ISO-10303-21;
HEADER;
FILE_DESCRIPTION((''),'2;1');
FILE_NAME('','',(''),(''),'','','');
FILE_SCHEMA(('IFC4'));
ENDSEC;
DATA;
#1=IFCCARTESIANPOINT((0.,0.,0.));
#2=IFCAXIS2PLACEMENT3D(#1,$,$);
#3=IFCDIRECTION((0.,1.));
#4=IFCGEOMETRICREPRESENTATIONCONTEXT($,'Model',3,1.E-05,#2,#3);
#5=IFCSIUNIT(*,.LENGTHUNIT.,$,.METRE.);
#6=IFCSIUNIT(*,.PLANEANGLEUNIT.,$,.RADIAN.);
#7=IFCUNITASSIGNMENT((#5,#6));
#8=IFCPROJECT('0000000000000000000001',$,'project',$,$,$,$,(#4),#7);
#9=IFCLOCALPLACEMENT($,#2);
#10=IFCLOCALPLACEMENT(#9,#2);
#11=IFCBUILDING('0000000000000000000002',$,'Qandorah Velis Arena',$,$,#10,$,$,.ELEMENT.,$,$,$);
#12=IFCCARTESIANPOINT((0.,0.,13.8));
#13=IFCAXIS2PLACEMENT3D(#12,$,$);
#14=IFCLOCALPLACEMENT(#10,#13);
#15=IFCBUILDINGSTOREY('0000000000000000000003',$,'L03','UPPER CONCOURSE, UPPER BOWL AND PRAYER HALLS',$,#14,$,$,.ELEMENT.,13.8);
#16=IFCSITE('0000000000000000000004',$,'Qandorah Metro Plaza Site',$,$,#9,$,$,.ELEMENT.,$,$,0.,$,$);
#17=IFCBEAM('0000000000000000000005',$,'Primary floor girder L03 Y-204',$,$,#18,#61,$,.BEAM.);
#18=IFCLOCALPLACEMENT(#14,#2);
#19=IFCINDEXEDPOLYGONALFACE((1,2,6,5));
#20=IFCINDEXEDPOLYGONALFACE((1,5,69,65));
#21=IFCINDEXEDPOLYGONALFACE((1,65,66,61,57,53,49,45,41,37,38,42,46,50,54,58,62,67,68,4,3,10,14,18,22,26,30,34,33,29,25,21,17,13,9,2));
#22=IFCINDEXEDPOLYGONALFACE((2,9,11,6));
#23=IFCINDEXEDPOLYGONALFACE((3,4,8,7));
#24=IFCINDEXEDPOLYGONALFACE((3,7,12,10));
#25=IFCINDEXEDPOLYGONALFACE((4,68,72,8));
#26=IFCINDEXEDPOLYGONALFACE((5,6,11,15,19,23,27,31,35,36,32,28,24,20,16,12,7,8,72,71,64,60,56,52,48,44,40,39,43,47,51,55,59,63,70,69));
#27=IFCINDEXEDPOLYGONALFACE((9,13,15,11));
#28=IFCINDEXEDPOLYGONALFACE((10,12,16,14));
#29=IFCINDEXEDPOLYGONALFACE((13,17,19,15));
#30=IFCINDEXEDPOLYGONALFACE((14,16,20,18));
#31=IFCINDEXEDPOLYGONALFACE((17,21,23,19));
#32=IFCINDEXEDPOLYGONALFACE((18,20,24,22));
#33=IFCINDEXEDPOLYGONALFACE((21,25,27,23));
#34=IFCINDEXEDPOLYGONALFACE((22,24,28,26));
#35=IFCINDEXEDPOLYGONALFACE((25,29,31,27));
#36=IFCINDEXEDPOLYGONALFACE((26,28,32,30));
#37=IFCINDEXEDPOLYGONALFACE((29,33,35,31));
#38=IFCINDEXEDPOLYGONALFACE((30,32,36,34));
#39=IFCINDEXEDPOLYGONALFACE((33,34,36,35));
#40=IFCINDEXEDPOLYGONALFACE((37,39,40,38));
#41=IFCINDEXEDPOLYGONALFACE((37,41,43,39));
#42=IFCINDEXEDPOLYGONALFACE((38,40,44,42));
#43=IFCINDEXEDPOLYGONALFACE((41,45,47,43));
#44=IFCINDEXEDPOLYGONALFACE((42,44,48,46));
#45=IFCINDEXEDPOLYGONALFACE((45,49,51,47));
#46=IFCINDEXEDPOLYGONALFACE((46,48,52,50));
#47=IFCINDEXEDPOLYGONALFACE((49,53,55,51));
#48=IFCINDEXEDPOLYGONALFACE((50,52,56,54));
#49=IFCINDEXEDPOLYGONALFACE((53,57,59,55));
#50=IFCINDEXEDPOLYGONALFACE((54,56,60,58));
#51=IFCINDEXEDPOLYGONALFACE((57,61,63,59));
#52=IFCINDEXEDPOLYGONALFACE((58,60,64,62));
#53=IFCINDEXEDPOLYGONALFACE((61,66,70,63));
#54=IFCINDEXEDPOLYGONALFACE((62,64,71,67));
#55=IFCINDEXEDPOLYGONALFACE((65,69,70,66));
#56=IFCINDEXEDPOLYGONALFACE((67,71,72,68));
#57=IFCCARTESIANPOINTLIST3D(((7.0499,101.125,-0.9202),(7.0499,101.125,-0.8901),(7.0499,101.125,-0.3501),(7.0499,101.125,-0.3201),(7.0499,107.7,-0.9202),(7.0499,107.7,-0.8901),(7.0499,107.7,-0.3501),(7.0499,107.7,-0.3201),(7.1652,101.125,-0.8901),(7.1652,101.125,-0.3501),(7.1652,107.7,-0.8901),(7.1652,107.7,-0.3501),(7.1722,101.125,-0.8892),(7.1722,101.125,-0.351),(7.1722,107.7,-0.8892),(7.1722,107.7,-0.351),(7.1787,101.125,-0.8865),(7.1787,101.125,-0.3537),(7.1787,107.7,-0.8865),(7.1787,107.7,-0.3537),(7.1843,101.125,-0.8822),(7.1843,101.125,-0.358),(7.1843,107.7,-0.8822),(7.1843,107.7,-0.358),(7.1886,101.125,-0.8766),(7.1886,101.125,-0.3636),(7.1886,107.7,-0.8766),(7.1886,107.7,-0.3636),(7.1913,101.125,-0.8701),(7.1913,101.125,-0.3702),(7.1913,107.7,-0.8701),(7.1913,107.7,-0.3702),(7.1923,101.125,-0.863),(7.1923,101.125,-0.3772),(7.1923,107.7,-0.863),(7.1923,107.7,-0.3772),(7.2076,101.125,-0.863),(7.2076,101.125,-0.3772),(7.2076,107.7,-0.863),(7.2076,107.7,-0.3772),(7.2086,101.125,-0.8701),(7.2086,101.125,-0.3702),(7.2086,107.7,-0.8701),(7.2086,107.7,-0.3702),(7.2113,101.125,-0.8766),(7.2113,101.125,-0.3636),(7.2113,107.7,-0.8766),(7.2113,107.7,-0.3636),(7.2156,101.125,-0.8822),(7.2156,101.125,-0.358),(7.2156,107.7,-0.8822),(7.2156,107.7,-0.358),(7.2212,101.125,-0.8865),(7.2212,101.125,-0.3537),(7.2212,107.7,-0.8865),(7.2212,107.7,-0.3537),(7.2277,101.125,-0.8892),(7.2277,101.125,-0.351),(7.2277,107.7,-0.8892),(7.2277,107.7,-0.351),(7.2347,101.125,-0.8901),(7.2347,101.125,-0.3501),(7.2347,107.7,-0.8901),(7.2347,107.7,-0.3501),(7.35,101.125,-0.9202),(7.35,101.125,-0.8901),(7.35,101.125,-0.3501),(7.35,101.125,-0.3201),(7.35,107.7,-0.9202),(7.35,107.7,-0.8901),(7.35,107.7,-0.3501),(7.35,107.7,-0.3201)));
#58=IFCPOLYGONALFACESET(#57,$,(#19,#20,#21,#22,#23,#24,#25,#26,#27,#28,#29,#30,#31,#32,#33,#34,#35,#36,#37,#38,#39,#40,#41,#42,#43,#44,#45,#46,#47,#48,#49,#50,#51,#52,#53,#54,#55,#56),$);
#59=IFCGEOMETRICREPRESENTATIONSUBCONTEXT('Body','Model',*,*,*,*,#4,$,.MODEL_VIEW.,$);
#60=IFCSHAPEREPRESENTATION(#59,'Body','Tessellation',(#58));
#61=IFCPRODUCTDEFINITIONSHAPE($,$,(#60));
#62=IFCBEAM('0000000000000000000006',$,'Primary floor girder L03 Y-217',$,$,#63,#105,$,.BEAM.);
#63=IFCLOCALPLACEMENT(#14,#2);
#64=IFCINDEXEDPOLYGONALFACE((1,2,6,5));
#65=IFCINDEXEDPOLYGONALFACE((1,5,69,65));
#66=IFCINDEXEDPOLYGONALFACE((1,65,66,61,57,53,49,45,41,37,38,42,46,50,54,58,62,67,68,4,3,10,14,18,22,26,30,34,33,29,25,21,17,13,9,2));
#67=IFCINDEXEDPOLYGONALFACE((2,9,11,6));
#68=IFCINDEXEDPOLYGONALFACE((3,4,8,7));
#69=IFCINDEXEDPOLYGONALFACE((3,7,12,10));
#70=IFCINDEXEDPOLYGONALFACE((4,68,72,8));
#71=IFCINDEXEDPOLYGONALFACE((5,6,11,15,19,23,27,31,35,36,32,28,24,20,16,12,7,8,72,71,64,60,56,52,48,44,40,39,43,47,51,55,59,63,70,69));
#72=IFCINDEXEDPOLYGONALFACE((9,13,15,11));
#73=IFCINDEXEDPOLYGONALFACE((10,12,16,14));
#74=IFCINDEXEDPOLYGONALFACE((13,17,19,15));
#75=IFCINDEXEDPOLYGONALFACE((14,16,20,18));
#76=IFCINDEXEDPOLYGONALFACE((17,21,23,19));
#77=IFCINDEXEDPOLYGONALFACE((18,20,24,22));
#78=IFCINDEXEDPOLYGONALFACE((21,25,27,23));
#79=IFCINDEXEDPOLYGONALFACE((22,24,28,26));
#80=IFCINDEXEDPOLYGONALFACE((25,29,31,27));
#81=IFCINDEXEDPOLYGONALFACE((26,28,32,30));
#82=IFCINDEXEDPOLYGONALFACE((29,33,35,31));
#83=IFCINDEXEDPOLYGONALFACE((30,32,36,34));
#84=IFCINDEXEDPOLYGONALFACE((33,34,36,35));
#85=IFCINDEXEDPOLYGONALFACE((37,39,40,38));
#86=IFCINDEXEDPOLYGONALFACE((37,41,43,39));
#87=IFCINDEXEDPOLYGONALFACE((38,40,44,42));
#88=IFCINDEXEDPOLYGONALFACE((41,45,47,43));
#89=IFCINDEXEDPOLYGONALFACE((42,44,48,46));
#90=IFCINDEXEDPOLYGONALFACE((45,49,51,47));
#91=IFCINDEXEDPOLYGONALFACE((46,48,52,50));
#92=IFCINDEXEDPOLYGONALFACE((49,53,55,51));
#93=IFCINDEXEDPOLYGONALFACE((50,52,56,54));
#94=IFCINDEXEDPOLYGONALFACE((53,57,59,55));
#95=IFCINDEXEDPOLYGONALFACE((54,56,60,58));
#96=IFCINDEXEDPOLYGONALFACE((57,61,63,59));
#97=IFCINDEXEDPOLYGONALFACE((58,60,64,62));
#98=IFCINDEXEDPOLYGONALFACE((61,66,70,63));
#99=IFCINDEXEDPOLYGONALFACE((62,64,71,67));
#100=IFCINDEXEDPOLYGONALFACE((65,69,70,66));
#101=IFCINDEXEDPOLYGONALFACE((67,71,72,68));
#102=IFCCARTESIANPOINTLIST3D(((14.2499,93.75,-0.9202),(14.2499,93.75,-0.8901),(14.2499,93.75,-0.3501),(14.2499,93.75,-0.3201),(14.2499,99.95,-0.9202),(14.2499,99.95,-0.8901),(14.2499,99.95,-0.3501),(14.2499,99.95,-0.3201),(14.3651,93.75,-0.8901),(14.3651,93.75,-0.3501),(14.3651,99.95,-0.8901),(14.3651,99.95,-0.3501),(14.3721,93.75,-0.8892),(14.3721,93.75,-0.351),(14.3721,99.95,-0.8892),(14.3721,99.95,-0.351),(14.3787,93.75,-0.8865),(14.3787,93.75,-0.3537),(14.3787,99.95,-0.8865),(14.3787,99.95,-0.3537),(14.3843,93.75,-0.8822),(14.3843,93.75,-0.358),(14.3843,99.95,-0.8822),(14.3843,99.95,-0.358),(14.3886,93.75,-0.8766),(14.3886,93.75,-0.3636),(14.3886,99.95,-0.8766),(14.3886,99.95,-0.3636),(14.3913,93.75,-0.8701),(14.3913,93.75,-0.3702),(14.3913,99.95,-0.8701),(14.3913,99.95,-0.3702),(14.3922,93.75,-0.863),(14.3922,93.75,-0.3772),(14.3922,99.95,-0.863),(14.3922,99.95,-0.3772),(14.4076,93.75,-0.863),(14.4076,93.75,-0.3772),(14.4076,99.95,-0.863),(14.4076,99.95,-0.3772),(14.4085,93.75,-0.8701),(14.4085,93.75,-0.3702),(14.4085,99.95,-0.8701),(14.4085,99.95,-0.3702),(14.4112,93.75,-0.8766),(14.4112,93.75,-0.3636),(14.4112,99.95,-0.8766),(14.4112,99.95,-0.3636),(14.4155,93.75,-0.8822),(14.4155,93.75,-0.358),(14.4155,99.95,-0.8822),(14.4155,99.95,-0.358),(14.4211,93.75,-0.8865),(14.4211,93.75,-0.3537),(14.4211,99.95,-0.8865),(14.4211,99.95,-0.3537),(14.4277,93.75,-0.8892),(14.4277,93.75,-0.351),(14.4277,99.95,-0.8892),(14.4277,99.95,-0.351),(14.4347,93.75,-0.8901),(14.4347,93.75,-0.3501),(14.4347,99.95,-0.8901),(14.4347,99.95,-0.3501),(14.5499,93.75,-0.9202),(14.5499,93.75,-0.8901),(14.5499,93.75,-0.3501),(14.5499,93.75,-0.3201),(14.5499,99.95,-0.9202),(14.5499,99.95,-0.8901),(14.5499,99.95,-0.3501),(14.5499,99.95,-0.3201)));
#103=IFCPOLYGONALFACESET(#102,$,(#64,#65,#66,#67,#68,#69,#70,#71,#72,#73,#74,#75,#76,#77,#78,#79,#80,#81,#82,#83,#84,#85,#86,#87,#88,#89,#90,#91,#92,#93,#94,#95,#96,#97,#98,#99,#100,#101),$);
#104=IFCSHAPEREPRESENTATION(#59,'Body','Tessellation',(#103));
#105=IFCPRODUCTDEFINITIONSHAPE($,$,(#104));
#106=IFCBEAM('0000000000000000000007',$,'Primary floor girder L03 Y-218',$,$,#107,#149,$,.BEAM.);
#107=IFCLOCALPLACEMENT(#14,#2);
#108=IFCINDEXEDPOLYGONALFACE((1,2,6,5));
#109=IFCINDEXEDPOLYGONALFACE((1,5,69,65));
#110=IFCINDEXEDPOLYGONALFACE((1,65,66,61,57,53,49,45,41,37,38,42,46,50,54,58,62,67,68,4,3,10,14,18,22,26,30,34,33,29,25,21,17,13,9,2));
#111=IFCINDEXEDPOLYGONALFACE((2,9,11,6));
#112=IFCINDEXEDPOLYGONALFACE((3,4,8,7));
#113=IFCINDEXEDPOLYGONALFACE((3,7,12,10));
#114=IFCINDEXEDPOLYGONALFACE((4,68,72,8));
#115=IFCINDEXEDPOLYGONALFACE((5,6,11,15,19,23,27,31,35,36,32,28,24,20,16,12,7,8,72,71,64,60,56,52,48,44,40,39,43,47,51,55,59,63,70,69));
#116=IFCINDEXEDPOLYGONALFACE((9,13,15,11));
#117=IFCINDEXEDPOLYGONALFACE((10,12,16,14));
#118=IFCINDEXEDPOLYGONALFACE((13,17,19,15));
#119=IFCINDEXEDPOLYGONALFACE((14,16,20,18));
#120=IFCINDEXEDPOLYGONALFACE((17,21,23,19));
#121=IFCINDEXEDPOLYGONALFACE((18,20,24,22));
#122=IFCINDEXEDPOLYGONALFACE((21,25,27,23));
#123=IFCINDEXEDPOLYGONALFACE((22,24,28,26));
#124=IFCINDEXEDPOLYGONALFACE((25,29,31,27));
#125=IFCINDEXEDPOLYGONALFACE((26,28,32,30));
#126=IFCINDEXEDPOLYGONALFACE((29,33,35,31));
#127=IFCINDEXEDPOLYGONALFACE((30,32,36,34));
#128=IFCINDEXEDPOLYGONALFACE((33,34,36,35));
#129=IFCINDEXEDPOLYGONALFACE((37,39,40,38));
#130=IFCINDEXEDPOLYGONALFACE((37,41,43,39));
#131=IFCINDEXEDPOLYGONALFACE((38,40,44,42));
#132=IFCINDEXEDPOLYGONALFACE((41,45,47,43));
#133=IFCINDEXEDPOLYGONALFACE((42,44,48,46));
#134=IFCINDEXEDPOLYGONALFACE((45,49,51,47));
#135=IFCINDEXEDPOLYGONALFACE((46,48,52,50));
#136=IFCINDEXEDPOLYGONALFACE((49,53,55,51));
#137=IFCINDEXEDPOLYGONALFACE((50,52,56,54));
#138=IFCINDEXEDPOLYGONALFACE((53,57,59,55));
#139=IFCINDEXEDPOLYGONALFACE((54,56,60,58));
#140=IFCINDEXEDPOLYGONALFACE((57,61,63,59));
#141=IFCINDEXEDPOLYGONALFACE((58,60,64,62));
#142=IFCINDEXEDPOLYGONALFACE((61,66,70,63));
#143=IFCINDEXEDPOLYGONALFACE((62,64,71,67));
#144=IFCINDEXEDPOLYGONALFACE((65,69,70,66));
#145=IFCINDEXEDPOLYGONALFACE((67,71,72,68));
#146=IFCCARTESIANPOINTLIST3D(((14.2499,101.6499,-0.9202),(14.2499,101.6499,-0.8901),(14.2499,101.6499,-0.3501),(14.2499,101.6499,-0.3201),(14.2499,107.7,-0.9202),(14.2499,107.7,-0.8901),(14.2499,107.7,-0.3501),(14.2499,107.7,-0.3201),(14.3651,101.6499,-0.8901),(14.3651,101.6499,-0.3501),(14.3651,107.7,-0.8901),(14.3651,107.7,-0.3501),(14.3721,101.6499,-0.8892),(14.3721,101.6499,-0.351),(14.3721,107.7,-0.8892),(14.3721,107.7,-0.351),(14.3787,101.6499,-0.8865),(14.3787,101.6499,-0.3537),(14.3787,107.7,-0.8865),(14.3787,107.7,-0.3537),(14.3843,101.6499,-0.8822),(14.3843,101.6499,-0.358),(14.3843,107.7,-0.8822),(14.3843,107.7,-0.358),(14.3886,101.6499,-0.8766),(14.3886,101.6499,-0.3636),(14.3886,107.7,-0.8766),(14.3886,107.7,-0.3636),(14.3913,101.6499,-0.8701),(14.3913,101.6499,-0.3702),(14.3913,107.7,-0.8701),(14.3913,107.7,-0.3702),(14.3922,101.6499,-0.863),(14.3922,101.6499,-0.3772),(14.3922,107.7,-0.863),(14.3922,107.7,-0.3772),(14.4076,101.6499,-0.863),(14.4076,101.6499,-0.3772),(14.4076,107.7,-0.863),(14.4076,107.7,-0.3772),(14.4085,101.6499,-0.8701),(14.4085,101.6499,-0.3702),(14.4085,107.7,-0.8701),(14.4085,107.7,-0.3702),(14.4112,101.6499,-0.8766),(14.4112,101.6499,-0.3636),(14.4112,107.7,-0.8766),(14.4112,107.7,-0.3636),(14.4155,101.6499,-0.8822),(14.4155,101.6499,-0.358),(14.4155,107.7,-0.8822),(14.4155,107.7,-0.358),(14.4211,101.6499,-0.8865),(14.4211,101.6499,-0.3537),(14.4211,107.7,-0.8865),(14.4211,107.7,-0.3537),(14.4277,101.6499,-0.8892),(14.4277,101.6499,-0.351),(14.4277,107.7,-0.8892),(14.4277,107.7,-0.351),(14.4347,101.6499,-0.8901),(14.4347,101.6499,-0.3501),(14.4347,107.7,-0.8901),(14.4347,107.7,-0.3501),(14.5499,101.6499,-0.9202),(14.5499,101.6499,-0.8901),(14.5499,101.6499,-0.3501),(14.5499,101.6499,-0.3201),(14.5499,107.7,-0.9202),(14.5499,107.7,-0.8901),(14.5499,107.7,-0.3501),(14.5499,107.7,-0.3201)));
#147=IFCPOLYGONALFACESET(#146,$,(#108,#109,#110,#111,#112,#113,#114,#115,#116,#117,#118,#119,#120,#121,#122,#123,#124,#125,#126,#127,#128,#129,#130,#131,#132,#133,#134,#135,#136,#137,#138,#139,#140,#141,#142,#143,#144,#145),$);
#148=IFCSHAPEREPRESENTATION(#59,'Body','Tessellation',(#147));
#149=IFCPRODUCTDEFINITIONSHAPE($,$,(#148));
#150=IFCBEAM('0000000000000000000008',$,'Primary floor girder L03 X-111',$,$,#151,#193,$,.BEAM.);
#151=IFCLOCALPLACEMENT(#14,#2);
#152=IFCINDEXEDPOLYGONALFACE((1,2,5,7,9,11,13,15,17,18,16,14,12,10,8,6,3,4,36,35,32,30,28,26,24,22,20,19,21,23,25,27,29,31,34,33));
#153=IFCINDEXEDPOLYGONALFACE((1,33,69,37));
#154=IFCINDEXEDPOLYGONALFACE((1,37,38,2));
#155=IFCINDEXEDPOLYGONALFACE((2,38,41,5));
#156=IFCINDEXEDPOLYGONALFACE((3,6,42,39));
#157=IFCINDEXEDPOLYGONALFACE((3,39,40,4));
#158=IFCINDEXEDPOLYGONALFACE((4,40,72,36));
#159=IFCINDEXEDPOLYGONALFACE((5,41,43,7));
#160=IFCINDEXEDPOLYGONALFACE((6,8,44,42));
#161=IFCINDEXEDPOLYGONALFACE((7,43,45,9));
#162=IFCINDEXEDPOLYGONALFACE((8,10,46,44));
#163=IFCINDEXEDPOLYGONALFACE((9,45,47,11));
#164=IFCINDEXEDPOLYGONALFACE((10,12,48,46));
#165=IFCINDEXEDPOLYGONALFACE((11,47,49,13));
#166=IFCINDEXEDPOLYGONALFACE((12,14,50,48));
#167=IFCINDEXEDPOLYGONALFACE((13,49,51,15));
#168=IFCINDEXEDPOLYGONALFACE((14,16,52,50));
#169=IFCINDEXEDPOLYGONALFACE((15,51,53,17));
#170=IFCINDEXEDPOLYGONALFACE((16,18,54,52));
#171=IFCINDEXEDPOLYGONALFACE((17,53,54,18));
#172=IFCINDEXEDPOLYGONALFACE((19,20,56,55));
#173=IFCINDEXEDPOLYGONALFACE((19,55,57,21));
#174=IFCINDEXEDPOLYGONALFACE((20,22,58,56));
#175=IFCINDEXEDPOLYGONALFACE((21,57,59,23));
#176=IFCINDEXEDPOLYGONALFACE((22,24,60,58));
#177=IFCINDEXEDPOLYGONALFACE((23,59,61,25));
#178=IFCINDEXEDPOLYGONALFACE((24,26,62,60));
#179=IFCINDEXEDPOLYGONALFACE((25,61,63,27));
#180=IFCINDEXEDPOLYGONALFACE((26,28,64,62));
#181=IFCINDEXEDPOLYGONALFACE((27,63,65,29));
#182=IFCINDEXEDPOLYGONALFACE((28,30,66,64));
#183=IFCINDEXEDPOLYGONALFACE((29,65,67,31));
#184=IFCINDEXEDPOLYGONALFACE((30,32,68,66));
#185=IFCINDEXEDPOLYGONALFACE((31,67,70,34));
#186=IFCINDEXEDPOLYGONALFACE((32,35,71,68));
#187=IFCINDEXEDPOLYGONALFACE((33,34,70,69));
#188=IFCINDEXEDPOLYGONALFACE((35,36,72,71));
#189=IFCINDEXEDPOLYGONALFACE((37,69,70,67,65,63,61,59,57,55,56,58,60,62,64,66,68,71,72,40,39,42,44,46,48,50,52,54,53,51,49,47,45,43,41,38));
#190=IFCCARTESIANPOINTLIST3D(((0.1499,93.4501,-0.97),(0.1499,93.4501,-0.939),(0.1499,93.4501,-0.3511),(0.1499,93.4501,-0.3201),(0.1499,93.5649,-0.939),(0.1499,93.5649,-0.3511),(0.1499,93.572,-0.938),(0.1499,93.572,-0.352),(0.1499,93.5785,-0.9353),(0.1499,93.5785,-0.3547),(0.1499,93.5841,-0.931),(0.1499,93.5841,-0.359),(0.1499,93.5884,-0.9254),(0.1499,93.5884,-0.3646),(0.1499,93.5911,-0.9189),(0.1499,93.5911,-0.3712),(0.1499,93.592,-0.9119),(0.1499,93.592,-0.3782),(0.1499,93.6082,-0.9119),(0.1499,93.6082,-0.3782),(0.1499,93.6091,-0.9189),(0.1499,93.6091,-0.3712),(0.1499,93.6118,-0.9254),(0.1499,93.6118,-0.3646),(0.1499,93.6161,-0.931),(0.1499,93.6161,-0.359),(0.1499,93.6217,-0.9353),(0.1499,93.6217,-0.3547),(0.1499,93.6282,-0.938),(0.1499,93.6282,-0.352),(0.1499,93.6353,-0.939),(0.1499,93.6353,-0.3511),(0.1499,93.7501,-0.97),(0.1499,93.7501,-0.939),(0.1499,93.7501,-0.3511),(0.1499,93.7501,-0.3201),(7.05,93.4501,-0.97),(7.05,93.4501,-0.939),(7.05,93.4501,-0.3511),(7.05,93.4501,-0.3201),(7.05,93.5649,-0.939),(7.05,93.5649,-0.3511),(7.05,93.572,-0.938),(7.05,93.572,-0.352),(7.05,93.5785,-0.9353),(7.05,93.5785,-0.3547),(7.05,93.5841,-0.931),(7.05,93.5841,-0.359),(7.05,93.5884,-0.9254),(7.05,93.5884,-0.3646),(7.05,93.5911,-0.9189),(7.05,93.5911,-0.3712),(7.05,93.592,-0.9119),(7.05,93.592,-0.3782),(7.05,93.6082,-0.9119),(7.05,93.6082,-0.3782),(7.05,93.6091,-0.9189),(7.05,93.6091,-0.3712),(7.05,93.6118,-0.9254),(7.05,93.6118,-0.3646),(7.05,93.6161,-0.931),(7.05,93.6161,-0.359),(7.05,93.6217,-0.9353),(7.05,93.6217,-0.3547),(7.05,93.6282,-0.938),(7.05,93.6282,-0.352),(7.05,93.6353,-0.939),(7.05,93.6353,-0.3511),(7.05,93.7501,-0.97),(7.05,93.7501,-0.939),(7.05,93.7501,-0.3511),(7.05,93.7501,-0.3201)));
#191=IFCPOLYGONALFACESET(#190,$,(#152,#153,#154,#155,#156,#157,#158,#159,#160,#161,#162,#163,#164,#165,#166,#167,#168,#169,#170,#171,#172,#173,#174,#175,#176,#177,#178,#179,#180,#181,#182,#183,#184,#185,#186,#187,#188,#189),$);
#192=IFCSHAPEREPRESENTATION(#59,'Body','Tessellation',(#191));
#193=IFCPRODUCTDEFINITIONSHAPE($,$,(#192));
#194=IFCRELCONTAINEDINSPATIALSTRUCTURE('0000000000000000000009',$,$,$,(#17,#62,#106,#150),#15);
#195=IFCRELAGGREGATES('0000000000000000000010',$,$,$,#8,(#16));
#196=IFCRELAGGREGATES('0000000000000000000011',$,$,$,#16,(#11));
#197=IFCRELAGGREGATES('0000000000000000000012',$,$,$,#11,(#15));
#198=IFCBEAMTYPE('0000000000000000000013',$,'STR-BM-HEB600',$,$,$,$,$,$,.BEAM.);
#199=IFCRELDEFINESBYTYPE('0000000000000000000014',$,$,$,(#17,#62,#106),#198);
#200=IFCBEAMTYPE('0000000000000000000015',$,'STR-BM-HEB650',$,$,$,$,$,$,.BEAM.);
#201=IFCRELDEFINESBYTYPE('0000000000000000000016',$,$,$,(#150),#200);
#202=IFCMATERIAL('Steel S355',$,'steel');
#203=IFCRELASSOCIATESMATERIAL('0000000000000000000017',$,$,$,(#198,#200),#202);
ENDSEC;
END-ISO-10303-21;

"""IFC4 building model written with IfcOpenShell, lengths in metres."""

from ifc_helpers import new_model, si_unit, direction, frame, origin, origin_2d, place, context, subcontext, project, spatial, i_section, extrude, material, material_profile, profile_set, type_object, element, save


model = new_model("IFC4")

# Units and contexts
model_context = context("Model", 3, precision=1e-05, world=origin(), true_north=direction((0.0, 1.0)))
body_context = subcontext(model_context, "Body", "Model", "MODEL_VIEW")
ifc_project = project(units=[si_unit("LENGTHUNIT", "METRE"), si_unit("PLANEANGLEUNIT", "RADIAN")], contexts=[model_context])

# Site, building, storey
site_placement = place(None, origin())
site = spatial("IfcSite", under=ifc_project, at=site_placement, Name="Qandorah Metro Plaza Site", CompositionType="ELEMENT", RefElevation=0.0)
building_placement = place(site_placement, origin())
building = spatial("IfcBuilding", under=site, at=building_placement, Name="Qandorah Velis Arena", CompositionType="ELEMENT")
storey_placement = place(building_placement, frame((0.0, 0.0, 13.8)))
storey = spatial("IfcBuildingStorey", under=building, at=storey_placement, Name="L03", Description="UPPER CONCOURSE, UPPER BOWL AND PRAYER HALLS", CompositionType="ELEMENT", Elevation=13.8)

# Beams
ifc_material_1 = material(Name="Steel S355", Category="steel")
ifc_material_profile_1 = material_profile(ifc_material_1, i_section(OverallWidth=0.3, OverallDepth=0.6001, WebThickness=0.0154, FlangeThickness=0.03, FilletRadius=0.0271, at=origin_2d()), Name="HEB 600")
ifc_profile_set_1 = profile_set([ifc_material_profile_1], Name="Steel S355")
beam_type_1 = type_object("IfcBeamType", Name="STR-BM-HEB600", PredefinedType="BEAM", material=ifc_profile_set_1)
beam_1_placement = place(storey_placement, frame((7.2, 101.125, -0.6201), z_axis=(0.0, 1.0, 0.0), x_axis=(-1.0, 0.0, 0.0)))
element("IfcBeam", 1, at=beam_1_placement, inside=storey, type_object=beam_type_1, Name="Primary floor girder L03 Y-204", PredefinedType="BEAM", context=body_context, shape_type="SweptSolid", body=[
    extrude(i_section(OverallWidth=0.3, OverallDepth=0.6001, WebThickness=0.0154, FlangeThickness=0.03, FilletRadius=0.0271, at=origin_2d()), origin(), (0.0, 0.0, 1.0), 6.575),
])
beam_2_placement = place(storey_placement, frame((14.3999, 93.75, -0.6201), z_axis=(0.0, 1.0, 0.0), x_axis=(-1.0, 0.0, 0.0)))
element("IfcBeam", 2, at=beam_2_placement, inside=storey, type_object=beam_type_1, Name="Primary floor girder L03 Y-217", PredefinedType="BEAM", context=body_context, shape_type="SweptSolid", body=[
    extrude(i_section(OverallWidth=0.3, OverallDepth=0.6001, WebThickness=0.0154, FlangeThickness=0.03, FilletRadius=0.0271, at=origin_2d()), origin(), (0.0, 0.0, 1.0), 6.2),
])
beam_3_placement = place(storey_placement, frame((14.3999, 101.6499, -0.6201), z_axis=(0.0, 1.0, 0.0), x_axis=(-1.0, 0.0, 0.0)))
element("IfcBeam", 3, at=beam_3_placement, inside=storey, type_object=beam_type_1, Name="Primary floor girder L03 Y-218", PredefinedType="BEAM", context=body_context, shape_type="SweptSolid", body=[
    extrude(i_section(OverallWidth=0.3, OverallDepth=0.6001, WebThickness=0.0154, FlangeThickness=0.03, FilletRadius=0.0271, at=origin_2d()), origin(), (0.0, 0.0, 1.0), 6.05),
])
ifc_material_profile_2 = material_profile(ifc_material_1, i_section(OverallWidth=0.3, OverallDepth=0.6499, WebThickness=0.0161, FlangeThickness=0.031, FilletRadius=0.0271, at=origin_2d()), Name="HEB 650")
ifc_profile_set_2 = profile_set([ifc_material_profile_2], Name="Steel S355")
beam_type_2 = type_object("IfcBeamType", Name="STR-BM-HEB650", PredefinedType="BEAM", material=ifc_profile_set_2)
beam_4_placement = place(storey_placement, frame((0.1499, 93.6001, -0.645), z_axis=(1.0, 0.0, 0.0), x_axis=(0.0, 1.0, 0.0)))
element("IfcBeam", 4, at=beam_4_placement, inside=storey, type_object=beam_type_2, Name="Primary floor girder L03 X-111", PredefinedType="BEAM", context=body_context, shape_type="SweptSolid", body=[
    extrude(i_section(OverallWidth=0.3, OverallDepth=0.6499, WebThickness=0.0161, FlangeThickness=0.031, FilletRadius=0.0271, at=origin_2d()), origin(), (0.0, 0.0, 1.0), 6.9001),
])

save(model, "model.ifc")
